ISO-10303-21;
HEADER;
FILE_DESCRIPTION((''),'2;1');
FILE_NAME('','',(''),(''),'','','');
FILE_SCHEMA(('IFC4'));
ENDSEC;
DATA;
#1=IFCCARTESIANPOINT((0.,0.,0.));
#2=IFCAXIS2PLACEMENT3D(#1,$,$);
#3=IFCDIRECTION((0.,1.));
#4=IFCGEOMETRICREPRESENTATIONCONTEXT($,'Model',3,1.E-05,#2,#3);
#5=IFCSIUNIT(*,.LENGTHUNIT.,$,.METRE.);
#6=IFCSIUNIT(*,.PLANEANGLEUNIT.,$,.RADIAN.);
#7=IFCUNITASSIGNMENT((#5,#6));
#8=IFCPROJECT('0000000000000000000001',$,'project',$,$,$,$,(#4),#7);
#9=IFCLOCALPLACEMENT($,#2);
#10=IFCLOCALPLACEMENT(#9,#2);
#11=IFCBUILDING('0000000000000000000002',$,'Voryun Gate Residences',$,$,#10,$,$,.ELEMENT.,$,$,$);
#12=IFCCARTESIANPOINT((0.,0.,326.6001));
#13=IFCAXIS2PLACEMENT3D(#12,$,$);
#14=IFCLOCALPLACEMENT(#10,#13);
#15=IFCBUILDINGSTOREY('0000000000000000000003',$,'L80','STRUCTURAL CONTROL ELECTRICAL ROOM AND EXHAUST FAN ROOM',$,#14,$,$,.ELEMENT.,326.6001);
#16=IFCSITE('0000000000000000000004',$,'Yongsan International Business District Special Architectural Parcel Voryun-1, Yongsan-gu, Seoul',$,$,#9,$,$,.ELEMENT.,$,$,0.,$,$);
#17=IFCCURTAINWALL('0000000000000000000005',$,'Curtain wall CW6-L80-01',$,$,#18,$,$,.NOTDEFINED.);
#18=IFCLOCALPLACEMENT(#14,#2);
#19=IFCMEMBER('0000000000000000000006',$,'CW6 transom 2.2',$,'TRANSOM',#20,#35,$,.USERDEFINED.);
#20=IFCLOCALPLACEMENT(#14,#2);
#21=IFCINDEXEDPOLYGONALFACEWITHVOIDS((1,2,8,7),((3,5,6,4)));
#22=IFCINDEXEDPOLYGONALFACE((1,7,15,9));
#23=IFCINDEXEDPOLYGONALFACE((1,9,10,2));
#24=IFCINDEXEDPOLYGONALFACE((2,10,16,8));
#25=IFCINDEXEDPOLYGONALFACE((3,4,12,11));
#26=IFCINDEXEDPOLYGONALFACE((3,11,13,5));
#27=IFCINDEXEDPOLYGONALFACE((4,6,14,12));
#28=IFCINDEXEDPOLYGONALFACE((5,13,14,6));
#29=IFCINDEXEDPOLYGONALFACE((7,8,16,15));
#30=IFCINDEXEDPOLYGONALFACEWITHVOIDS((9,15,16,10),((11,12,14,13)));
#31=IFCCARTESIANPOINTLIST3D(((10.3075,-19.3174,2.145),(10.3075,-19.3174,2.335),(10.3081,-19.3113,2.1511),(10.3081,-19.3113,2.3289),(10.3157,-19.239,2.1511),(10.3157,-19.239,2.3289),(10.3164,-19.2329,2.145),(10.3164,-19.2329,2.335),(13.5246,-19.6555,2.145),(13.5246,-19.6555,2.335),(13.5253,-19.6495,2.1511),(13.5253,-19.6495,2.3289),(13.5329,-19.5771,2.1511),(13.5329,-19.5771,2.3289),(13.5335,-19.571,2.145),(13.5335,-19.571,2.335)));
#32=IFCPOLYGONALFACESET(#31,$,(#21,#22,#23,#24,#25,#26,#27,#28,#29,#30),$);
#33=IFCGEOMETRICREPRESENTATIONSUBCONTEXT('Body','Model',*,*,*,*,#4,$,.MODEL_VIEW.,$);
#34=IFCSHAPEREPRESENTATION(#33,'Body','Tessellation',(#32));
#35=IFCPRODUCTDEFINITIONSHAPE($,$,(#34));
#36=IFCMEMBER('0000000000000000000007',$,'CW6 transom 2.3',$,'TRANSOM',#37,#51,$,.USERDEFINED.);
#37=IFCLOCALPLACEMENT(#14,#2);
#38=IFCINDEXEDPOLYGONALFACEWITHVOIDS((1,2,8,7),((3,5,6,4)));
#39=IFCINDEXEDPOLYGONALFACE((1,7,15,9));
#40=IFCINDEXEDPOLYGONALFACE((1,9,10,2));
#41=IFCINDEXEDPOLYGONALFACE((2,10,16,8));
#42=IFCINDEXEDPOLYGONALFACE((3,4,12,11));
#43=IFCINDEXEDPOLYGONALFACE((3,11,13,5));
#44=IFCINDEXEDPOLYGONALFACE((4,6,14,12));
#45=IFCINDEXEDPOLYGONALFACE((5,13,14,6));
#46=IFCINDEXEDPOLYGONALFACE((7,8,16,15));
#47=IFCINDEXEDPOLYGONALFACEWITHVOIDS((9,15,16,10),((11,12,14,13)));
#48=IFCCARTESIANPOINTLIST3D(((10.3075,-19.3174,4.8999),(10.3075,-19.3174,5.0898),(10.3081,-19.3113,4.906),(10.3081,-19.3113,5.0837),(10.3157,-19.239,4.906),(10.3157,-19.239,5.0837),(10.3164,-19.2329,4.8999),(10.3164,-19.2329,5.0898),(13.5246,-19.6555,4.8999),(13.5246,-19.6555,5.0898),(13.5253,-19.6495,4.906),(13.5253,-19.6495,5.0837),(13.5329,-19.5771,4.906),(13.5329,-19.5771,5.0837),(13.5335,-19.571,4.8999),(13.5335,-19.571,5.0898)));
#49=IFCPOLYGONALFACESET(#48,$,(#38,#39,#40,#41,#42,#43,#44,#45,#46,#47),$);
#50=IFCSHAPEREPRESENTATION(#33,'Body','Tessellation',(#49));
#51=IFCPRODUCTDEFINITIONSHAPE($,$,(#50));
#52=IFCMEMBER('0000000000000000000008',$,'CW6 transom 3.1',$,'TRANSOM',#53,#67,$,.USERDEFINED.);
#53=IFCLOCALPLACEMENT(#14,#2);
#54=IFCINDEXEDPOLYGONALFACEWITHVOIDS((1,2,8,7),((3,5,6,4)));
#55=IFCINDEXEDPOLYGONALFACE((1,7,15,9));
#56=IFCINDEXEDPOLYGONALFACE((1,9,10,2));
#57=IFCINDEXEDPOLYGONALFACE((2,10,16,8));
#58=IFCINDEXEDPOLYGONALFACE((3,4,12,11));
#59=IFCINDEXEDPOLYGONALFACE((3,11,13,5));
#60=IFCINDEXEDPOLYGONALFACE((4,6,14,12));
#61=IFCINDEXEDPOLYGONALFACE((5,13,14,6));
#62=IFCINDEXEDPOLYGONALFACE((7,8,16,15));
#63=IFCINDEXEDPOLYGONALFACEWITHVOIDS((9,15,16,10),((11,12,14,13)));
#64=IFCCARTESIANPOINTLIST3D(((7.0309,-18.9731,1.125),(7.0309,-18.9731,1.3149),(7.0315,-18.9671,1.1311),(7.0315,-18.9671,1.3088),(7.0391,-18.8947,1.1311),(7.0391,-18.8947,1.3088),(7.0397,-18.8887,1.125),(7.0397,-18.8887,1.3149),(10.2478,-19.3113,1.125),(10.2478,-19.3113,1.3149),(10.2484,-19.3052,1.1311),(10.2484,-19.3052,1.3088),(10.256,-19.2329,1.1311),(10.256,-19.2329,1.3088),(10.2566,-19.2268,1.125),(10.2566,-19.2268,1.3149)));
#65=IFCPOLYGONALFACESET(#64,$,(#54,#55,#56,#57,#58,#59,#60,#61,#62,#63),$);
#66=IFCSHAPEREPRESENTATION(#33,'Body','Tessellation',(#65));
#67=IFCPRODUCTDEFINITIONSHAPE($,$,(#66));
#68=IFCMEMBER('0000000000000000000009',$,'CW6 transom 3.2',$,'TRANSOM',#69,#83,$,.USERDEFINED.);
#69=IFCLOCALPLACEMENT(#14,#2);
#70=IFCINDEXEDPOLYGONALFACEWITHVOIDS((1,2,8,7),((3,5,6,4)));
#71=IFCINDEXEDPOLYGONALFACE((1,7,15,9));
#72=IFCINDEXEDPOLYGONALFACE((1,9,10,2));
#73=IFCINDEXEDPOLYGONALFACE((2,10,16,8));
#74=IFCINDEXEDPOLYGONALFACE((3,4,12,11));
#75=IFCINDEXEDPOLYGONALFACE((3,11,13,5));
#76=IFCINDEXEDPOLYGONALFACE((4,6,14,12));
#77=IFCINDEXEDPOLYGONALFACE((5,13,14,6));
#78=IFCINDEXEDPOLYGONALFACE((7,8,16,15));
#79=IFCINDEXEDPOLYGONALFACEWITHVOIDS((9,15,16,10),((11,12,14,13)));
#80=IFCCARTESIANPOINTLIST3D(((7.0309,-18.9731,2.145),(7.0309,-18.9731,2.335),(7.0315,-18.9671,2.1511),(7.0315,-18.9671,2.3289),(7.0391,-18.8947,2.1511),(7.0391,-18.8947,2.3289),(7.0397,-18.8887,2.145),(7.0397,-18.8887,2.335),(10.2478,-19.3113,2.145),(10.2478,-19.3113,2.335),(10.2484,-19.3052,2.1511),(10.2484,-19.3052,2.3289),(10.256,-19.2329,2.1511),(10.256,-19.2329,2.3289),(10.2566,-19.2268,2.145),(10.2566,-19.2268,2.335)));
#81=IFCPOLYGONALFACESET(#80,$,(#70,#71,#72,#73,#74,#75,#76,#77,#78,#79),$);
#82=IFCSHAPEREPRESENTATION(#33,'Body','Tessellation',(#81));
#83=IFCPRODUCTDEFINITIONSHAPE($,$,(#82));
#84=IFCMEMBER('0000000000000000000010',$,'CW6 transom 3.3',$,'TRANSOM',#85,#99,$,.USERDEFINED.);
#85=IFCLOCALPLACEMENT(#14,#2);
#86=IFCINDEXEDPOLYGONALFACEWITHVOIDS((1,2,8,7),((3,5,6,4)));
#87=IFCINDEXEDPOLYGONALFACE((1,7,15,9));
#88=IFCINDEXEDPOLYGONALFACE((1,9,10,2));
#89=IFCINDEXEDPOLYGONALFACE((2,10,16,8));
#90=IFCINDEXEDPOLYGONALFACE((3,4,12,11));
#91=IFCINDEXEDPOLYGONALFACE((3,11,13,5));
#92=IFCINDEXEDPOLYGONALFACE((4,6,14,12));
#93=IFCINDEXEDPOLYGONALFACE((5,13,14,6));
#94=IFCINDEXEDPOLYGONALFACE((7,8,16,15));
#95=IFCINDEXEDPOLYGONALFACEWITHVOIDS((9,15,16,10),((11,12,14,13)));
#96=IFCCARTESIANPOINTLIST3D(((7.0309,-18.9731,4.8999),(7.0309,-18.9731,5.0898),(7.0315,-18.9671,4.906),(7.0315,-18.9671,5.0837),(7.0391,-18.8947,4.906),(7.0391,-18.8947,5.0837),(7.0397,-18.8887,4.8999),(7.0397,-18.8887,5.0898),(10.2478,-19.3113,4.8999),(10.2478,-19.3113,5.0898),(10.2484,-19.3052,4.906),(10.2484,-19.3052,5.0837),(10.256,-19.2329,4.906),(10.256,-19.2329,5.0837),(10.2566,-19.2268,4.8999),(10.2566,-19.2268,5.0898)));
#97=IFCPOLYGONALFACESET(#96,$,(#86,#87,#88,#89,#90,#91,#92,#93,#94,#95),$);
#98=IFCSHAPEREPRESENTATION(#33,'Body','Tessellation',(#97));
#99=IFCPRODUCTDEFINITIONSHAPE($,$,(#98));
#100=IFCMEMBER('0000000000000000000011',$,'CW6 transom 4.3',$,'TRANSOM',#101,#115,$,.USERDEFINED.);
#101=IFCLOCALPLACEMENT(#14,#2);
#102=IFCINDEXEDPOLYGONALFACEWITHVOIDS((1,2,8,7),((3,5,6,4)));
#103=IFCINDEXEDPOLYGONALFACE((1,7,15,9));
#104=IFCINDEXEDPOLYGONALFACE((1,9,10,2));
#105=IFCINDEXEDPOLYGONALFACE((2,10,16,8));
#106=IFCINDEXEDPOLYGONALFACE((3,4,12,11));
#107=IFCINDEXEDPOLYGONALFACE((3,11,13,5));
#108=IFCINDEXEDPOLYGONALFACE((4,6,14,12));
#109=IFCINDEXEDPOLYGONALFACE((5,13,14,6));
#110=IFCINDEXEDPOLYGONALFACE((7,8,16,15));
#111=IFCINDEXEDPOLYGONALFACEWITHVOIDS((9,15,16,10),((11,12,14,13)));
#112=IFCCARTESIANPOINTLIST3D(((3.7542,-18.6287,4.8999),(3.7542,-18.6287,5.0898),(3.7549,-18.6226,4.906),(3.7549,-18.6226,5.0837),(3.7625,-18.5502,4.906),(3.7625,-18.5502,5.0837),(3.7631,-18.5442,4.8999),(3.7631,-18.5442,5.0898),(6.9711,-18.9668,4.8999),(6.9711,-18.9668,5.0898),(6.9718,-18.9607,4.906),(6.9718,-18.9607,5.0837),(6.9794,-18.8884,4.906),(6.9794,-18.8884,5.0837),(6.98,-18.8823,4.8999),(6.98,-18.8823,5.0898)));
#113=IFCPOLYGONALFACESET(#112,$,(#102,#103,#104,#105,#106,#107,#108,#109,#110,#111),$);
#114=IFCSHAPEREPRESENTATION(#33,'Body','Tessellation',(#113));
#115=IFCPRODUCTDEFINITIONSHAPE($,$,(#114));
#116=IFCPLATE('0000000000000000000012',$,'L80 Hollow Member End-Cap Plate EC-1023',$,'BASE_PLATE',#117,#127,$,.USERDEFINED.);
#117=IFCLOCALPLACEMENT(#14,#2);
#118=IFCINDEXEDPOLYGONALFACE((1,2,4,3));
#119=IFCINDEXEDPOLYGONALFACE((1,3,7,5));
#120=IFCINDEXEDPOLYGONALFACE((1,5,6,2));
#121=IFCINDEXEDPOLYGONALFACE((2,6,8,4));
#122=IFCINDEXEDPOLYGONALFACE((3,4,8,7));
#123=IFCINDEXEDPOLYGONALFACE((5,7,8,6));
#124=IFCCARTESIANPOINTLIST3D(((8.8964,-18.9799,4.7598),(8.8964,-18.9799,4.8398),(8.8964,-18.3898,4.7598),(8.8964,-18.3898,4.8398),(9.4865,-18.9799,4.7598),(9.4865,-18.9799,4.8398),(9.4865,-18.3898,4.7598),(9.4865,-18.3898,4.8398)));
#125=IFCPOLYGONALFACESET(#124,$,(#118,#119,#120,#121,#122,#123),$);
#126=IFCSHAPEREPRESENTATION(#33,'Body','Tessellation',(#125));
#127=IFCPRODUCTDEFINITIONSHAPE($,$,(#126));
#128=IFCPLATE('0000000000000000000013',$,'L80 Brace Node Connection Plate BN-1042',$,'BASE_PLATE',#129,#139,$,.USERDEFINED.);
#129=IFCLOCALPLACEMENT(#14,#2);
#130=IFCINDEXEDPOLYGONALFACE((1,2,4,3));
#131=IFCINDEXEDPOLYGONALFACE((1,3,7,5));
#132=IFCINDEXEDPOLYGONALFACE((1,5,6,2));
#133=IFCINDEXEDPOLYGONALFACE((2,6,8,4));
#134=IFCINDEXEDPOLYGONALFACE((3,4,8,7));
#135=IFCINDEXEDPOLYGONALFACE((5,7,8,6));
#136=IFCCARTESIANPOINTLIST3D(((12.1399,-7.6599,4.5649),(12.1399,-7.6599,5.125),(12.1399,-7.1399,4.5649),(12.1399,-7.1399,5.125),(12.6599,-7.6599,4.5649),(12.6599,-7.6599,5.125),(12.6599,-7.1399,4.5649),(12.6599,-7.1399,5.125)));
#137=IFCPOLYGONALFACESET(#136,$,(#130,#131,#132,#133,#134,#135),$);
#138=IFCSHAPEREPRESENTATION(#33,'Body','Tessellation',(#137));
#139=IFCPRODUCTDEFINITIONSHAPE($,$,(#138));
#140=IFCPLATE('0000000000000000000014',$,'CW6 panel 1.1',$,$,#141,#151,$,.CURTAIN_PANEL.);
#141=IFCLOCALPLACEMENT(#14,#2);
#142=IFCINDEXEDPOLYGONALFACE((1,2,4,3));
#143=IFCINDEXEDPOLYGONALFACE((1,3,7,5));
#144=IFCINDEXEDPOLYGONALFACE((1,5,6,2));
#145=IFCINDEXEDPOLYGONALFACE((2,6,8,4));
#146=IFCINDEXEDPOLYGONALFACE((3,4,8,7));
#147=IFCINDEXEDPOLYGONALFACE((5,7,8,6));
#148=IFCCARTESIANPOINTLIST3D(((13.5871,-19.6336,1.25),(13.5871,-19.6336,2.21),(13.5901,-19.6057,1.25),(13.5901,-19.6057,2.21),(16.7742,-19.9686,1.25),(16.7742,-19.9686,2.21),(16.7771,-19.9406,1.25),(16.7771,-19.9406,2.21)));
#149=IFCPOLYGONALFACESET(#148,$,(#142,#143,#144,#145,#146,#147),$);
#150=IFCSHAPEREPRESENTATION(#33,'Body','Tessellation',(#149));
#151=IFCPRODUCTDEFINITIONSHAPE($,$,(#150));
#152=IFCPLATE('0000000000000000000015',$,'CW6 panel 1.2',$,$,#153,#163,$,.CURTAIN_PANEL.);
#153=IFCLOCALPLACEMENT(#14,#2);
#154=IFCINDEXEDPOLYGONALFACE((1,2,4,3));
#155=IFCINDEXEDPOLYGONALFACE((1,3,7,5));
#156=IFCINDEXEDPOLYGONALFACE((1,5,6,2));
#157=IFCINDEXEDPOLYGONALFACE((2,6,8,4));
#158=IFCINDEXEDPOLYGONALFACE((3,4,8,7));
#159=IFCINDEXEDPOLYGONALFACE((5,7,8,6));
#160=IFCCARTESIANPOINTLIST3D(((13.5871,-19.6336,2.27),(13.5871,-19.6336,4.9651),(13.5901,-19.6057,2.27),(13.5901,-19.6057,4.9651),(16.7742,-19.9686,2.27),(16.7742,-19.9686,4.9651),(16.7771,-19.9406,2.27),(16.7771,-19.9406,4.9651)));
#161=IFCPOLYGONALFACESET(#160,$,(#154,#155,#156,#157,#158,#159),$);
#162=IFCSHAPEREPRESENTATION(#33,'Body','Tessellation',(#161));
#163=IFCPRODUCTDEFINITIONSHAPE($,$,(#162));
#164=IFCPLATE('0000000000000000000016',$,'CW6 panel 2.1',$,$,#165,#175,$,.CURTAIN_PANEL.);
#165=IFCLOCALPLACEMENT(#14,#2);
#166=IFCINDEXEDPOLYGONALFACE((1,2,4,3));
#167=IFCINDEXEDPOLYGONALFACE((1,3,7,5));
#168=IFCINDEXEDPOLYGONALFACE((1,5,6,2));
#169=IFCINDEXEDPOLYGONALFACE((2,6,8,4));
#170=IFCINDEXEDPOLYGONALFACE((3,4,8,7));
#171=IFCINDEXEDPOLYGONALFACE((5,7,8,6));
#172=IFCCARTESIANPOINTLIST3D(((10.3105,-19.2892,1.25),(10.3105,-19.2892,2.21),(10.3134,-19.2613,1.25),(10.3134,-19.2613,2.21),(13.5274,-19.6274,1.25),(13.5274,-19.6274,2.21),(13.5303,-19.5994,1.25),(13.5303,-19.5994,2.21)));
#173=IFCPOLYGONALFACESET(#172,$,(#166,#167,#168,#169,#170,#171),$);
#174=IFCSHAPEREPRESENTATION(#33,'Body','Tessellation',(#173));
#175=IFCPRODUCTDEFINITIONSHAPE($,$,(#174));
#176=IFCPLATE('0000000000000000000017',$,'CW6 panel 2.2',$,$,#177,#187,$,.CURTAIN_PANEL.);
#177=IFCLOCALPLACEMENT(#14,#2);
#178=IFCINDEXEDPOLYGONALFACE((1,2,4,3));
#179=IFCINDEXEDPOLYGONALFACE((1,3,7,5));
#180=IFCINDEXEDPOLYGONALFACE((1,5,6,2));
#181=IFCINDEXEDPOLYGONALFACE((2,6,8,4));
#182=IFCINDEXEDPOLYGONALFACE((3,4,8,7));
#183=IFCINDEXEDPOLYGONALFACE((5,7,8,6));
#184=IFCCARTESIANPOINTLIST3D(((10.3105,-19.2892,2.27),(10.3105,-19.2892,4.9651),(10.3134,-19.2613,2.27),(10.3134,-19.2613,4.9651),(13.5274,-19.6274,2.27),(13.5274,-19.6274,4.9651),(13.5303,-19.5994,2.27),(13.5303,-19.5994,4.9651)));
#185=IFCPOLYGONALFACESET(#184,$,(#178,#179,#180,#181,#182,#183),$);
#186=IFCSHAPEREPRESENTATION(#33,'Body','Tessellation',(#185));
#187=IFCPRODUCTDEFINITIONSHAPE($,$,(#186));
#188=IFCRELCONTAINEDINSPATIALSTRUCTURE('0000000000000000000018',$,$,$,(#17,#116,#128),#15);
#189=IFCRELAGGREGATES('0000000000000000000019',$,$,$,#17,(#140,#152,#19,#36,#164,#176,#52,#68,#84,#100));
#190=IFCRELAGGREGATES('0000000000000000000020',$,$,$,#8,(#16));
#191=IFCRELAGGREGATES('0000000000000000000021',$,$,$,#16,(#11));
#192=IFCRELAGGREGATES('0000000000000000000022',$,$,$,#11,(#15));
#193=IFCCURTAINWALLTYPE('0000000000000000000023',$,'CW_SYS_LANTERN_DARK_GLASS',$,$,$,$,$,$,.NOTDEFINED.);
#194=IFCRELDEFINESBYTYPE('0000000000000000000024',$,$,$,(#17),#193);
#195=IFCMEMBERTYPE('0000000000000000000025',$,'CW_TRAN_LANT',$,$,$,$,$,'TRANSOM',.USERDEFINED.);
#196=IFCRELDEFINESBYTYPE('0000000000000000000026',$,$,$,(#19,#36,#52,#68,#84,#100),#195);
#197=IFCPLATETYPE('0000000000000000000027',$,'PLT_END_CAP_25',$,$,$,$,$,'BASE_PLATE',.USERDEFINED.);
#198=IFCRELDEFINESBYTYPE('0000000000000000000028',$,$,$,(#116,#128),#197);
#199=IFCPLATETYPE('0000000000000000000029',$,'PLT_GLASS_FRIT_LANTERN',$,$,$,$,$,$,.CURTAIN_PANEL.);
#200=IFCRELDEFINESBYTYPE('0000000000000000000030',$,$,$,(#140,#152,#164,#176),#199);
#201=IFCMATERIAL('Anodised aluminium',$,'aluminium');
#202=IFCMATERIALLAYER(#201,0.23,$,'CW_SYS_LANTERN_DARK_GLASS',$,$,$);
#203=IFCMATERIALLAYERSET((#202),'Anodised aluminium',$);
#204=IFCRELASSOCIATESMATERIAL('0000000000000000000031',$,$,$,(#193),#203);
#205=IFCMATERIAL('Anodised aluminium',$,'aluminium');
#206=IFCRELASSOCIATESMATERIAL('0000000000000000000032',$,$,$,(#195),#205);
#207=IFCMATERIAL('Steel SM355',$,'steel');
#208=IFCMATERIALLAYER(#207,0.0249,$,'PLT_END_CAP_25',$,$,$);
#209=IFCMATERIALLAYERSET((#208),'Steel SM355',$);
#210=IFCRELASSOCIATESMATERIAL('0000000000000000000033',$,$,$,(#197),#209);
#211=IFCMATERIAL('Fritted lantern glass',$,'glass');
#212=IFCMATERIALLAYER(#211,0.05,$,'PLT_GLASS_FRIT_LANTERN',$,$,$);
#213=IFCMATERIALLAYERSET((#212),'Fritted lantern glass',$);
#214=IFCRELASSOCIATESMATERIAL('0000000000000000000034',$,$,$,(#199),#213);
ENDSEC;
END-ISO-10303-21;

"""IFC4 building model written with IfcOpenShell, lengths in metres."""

from ifc_helpers import new_model, si_unit, direction, frame, origin, origin_2d, place, context, subcontext, project, spatial, rectangle, hollow_rectangle, extrude, material, layer, layer_set, material_profile, profile_set, type_object, element, aggregate, save


model = new_model("IFC4")

# Units and contexts
model_context = context("Model", 3, precision=1e-05, world=origin(), true_north=direction((0.0, 1.0)))
body_context = subcontext(model_context, "Body", "Model", "MODEL_VIEW")
ifc_project = project(units=[si_unit("LENGTHUNIT", "METRE"), si_unit("PLANEANGLEUNIT", "RADIAN")], contexts=[model_context])

# Site, building, storey
site_placement = place(None, origin())
site = spatial("IfcSite", under=ifc_project, at=site_placement, Name="Yongsan International Business District Special Architectural Parcel Voryun-1, Yongsan-gu, Seoul", CompositionType="ELEMENT", RefElevation=0.0)
building_placement = place(site_placement, origin())
building = spatial("IfcBuilding", under=site, at=building_placement, Name="Voryun Gate Residences", CompositionType="ELEMENT")
storey_placement = place(building_placement, frame((0.0, 0.0, 326.6001)))
storey = spatial("IfcBuildingStorey", under=building, at=storey_placement, Name="L80", Description="STRUCTURAL CONTROL ELECTRICAL ROOM AND EXHAUST FAN ROOM", CompositionType="ELEMENT", Elevation=326.6001)

# Curtain wall, members
ifc_material_1 = material(Name="Anodised aluminium", Category="aluminium")
ifc_layer_1 = layer(ifc_material_1, 0.23, Name="CW_SYS_LANTERN_DARK_GLASS")
ifc_layer_set_1 = layer_set([ifc_layer_1], Name="Anodised aluminium")
curtain_wall_type = type_object("IfcCurtainWallType", Name="CW_SYS_LANTERN_DARK_GLASS", PredefinedType="NOTDEFINED", material=ifc_layer_set_1)
curtain_wall_placement = place(storey_placement, origin())
curtain_wall = element("IfcCurtainWall", 1, at=curtain_wall_placement, inside=storey, type_object=curtain_wall_type, Name="Curtain wall CW6-L80-01", PredefinedType="NOTDEFINED")
ifc_material_2 = material(Name="Anodised aluminium", Category="aluminium")
ifc_material_profile_1 = material_profile(ifc_material_2, hollow_rectangle(XDim=0.085, YDim=0.1899, WallThickness=0.0061, at=origin_2d()), Name="ALU-TRAN-190x85x6")
ifc_profile_set_1 = profile_set([ifc_material_profile_1], Name="Anodised aluminium")
member_type_1 = type_object("IfcMemberType", Name="CW_TRAN_LANT", ElementType="TRANSOM", PredefinedType="USERDEFINED", material=ifc_profile_set_1)
member_1_placement = place(storey_placement, frame((13.5291, -19.6133, 2.24), z_axis=(-0.994522, 0.104532, 0.0), x_axis=(-0.104532, -0.994522, 0.0)))
member_1 = element("IfcMember", 2, at=member_1_placement, type_object=member_type_1, Name="CW6 transom 2.2", ObjectType="TRANSOM", PredefinedType="USERDEFINED", context=body_context, shape_type="SweptSolid", body=[
    extrude(hollow_rectangle(XDim=0.085, YDim=0.1899, WallThickness=0.0061, at=origin_2d()), origin(), (0.0, 0.0, 1.0), 3.2349),
])
member_2_placement = place(storey_placement, frame((13.5291, -19.6133, 4.9949), z_axis=(-0.994522, 0.104532, 0.0), x_axis=(-0.104532, -0.994522, 0.0)))
member_2 = element("IfcMember", 3, at=member_2_placement, type_object=member_type_1, Name="CW6 transom 2.3", ObjectType="TRANSOM", PredefinedType="USERDEFINED", context=body_context, shape_type="SweptSolid", body=[
    extrude(hollow_rectangle(XDim=0.085, YDim=0.1899, WallThickness=0.0061, at=origin_2d()), origin(), (0.0, 0.0, 1.0), 3.2349),
])
member_3_placement = place(storey_placement, frame((10.2522, -19.269, 1.22), z_axis=(-0.994521, 0.104539, 0.0), x_axis=(-0.104539, -0.994521, 0.0)))
member_3 = element("IfcMember", 4, at=member_3_placement, type_object=member_type_1, Name="CW6 transom 3.1", ObjectType="TRANSOM", PredefinedType="USERDEFINED", context=body_context, shape_type="SweptSolid", body=[
    extrude(hollow_rectangle(XDim=0.085, YDim=0.1899, WallThickness=0.0061, at=origin_2d()), origin(), (0.0, 0.0, 1.0), 3.2346),
])
member_4_placement = place(storey_placement, frame((10.2522, -19.269, 2.24), z_axis=(-0.994521, 0.104539, 0.0), x_axis=(-0.104539, -0.994521, 0.0)))
member_4 = element("IfcMember", 5, at=member_4_placement, type_object=member_type_1, Name="CW6 transom 3.2", ObjectType="TRANSOM", PredefinedType="USERDEFINED", context=body_context, shape_type="SweptSolid", body=[
    extrude(hollow_rectangle(XDim=0.085, YDim=0.1899, WallThickness=0.0061, at=origin_2d()), origin(), (0.0, 0.0, 1.0), 3.2346),
])
member_5_placement = place(storey_placement, frame((10.2522, -19.269, 4.9949), z_axis=(-0.994521, 0.104539, 0.0), x_axis=(-0.104539, -0.994521, 0.0)))
member_5 = element("IfcMember", 6, at=member_5_placement, type_object=member_type_1, Name="CW6 transom 3.3", ObjectType="TRANSOM", PredefinedType="USERDEFINED", context=body_context, shape_type="SweptSolid", body=[
    extrude(hollow_rectangle(XDim=0.085, YDim=0.1899, WallThickness=0.0061, at=origin_2d()), origin(), (0.0, 0.0, 1.0), 3.2346),
])
member_6_placement = place(storey_placement, frame((6.9756, -18.9246, 4.9949), z_axis=(-0.994521, 0.104539, 0.0), x_axis=(-0.104539, -0.994521, 0.0)))
member_6 = element("IfcMember", 7, at=member_6_placement, type_object=member_type_1, Name="CW6 transom 4.3", ObjectType="TRANSOM", PredefinedType="USERDEFINED", context=body_context, shape_type="SweptSolid", body=[
    extrude(hollow_rectangle(XDim=0.085, YDim=0.1899, WallThickness=0.0061, at=origin_2d()), origin(), (0.0, 0.0, 1.0), 3.2346),
])

# Plates
ifc_material_3 = material(Name="Steel SM355", Category="steel")
ifc_layer_2 = layer(ifc_material_3, 0.0249, Name="PLT_END_CAP_25")
ifc_layer_set_2 = layer_set([ifc_layer_2], Name="Steel SM355")
plate_type_1 = type_object("IfcPlateType", Name="PLT_END_CAP_25", ElementType="BASE_PLATE", PredefinedType="USERDEFINED", material=ifc_layer_set_2)
plate_1_placement = place(storey_placement, frame((9.1914, -18.6848, 4.7598), z_axis=(0.0, 0.0, 1.0), x_axis=(1.0, 0.0, 0.0)))
element("IfcPlate", 8, at=plate_1_placement, inside=storey, type_object=plate_type_1, Name="L80 Hollow Member End-Cap Plate EC-1023", ObjectType="BASE_PLATE", PredefinedType="USERDEFINED", context=body_context, shape_type="SweptSolid", body=[
    extrude(rectangle(XDim=0.5901, YDim=0.5901, at=origin_2d()), origin(), (0.0, 0.0, 1.0), 0.0801),
])
plate_2_placement = place(storey_placement, frame((12.3999, -7.3999, 4.5649), z_axis=(0.0, 0.0, 1.0), x_axis=(1.0, 0.0, 0.0)))
element("IfcPlate", 9, at=plate_2_placement, inside=storey, type_object=plate_type_1, Name="L80 Brace Node Connection Plate BN-1042", ObjectType="BASE_PLATE", PredefinedType="USERDEFINED", context=body_context, shape_type="SweptSolid", body=[
    extrude(rectangle(XDim=0.52, YDim=0.52, at=origin_2d()), origin(), (0.0, 0.0, 1.0), 0.5601),
])

# Plates
ifc_material_4 = material(Name="Fritted lantern glass", Category="glass")
ifc_layer_3 = layer(ifc_material_4, 0.05, Name="PLT_GLASS_FRIT_LANTERN")
ifc_layer_set_3 = layer_set([ifc_layer_3], Name="Fritted lantern glass")
plate_type_2 = type_object("IfcPlateType", Name="PLT_GLASS_FRIT_LANTERN", PredefinedType="CURTAIN_PANEL", material=ifc_layer_set_3)
plate_3_placement = place(storey_placement, frame((15.1821, -19.7871, 1.25), z_axis=(0.0, 0.0, 1.0), x_axis=(-0.994522, 0.104528, 0.0)))
plate_3 = element("IfcPlate", 10, at=plate_3_placement, type_object=plate_type_2, Name="CW6 panel 1.1", PredefinedType="CURTAIN_PANEL", context=body_context, shape_type="SweptSolid", body=[
    extrude(rectangle(XDim=3.2046, YDim=0.0281, at=origin_2d()), origin(), (0.0, 0.0, 1.0), 0.96),
])
plate_4_placement = place(storey_placement, frame((15.1821, -19.7871, 2.27), z_axis=(0.0, 0.0, 1.0), x_axis=(-0.994522, 0.104528, 0.0)))
plate_4 = element("IfcPlate", 11, at=plate_4_placement, type_object=plate_type_2, Name="CW6 panel 1.2", PredefinedType="CURTAIN_PANEL", context=body_context, shape_type="SweptSolid", body=[
    extrude(rectangle(XDim=3.2046, YDim=0.0281, at=origin_2d()), origin(), (0.0, 0.0, 1.0), 2.6951),
])
plate_5_placement = place(storey_placement, frame((11.9204, -19.4443, 1.25), z_axis=(0.0, 0.0, 1.0), x_axis=(-0.994522, 0.104528, 0.0)))
plate_5 = element("IfcPlate", 12, at=plate_5_placement, type_object=plate_type_2, Name="CW6 panel 2.1", PredefinedType="CURTAIN_PANEL", context=body_context, shape_type="SweptSolid", body=[
    extrude(rectangle(XDim=3.2346, YDim=0.0281, at=origin_2d()), origin(), (0.0, 0.0, 1.0), 0.96),
])
plate_6_placement = place(storey_placement, frame((11.9204, -19.4443, 2.27), z_axis=(0.0, 0.0, 1.0), x_axis=(-0.994522, 0.104528, 0.0)))
plate_6 = element("IfcPlate", 13, at=plate_6_placement, type_object=plate_type_2, Name="CW6 panel 2.2", PredefinedType="CURTAIN_PANEL", context=body_context, shape_type="SweptSolid", body=[
    extrude(rectangle(XDim=3.2346, YDim=0.0281, at=origin_2d()), origin(), (0.0, 0.0, 1.0), 2.6951),
])
aggregate(curtain_wall, [plate_3, plate_4, member_1, member_2, plate_5, plate_6, member_3, member_4, member_5, member_6])

save(model, "model.ifc")
